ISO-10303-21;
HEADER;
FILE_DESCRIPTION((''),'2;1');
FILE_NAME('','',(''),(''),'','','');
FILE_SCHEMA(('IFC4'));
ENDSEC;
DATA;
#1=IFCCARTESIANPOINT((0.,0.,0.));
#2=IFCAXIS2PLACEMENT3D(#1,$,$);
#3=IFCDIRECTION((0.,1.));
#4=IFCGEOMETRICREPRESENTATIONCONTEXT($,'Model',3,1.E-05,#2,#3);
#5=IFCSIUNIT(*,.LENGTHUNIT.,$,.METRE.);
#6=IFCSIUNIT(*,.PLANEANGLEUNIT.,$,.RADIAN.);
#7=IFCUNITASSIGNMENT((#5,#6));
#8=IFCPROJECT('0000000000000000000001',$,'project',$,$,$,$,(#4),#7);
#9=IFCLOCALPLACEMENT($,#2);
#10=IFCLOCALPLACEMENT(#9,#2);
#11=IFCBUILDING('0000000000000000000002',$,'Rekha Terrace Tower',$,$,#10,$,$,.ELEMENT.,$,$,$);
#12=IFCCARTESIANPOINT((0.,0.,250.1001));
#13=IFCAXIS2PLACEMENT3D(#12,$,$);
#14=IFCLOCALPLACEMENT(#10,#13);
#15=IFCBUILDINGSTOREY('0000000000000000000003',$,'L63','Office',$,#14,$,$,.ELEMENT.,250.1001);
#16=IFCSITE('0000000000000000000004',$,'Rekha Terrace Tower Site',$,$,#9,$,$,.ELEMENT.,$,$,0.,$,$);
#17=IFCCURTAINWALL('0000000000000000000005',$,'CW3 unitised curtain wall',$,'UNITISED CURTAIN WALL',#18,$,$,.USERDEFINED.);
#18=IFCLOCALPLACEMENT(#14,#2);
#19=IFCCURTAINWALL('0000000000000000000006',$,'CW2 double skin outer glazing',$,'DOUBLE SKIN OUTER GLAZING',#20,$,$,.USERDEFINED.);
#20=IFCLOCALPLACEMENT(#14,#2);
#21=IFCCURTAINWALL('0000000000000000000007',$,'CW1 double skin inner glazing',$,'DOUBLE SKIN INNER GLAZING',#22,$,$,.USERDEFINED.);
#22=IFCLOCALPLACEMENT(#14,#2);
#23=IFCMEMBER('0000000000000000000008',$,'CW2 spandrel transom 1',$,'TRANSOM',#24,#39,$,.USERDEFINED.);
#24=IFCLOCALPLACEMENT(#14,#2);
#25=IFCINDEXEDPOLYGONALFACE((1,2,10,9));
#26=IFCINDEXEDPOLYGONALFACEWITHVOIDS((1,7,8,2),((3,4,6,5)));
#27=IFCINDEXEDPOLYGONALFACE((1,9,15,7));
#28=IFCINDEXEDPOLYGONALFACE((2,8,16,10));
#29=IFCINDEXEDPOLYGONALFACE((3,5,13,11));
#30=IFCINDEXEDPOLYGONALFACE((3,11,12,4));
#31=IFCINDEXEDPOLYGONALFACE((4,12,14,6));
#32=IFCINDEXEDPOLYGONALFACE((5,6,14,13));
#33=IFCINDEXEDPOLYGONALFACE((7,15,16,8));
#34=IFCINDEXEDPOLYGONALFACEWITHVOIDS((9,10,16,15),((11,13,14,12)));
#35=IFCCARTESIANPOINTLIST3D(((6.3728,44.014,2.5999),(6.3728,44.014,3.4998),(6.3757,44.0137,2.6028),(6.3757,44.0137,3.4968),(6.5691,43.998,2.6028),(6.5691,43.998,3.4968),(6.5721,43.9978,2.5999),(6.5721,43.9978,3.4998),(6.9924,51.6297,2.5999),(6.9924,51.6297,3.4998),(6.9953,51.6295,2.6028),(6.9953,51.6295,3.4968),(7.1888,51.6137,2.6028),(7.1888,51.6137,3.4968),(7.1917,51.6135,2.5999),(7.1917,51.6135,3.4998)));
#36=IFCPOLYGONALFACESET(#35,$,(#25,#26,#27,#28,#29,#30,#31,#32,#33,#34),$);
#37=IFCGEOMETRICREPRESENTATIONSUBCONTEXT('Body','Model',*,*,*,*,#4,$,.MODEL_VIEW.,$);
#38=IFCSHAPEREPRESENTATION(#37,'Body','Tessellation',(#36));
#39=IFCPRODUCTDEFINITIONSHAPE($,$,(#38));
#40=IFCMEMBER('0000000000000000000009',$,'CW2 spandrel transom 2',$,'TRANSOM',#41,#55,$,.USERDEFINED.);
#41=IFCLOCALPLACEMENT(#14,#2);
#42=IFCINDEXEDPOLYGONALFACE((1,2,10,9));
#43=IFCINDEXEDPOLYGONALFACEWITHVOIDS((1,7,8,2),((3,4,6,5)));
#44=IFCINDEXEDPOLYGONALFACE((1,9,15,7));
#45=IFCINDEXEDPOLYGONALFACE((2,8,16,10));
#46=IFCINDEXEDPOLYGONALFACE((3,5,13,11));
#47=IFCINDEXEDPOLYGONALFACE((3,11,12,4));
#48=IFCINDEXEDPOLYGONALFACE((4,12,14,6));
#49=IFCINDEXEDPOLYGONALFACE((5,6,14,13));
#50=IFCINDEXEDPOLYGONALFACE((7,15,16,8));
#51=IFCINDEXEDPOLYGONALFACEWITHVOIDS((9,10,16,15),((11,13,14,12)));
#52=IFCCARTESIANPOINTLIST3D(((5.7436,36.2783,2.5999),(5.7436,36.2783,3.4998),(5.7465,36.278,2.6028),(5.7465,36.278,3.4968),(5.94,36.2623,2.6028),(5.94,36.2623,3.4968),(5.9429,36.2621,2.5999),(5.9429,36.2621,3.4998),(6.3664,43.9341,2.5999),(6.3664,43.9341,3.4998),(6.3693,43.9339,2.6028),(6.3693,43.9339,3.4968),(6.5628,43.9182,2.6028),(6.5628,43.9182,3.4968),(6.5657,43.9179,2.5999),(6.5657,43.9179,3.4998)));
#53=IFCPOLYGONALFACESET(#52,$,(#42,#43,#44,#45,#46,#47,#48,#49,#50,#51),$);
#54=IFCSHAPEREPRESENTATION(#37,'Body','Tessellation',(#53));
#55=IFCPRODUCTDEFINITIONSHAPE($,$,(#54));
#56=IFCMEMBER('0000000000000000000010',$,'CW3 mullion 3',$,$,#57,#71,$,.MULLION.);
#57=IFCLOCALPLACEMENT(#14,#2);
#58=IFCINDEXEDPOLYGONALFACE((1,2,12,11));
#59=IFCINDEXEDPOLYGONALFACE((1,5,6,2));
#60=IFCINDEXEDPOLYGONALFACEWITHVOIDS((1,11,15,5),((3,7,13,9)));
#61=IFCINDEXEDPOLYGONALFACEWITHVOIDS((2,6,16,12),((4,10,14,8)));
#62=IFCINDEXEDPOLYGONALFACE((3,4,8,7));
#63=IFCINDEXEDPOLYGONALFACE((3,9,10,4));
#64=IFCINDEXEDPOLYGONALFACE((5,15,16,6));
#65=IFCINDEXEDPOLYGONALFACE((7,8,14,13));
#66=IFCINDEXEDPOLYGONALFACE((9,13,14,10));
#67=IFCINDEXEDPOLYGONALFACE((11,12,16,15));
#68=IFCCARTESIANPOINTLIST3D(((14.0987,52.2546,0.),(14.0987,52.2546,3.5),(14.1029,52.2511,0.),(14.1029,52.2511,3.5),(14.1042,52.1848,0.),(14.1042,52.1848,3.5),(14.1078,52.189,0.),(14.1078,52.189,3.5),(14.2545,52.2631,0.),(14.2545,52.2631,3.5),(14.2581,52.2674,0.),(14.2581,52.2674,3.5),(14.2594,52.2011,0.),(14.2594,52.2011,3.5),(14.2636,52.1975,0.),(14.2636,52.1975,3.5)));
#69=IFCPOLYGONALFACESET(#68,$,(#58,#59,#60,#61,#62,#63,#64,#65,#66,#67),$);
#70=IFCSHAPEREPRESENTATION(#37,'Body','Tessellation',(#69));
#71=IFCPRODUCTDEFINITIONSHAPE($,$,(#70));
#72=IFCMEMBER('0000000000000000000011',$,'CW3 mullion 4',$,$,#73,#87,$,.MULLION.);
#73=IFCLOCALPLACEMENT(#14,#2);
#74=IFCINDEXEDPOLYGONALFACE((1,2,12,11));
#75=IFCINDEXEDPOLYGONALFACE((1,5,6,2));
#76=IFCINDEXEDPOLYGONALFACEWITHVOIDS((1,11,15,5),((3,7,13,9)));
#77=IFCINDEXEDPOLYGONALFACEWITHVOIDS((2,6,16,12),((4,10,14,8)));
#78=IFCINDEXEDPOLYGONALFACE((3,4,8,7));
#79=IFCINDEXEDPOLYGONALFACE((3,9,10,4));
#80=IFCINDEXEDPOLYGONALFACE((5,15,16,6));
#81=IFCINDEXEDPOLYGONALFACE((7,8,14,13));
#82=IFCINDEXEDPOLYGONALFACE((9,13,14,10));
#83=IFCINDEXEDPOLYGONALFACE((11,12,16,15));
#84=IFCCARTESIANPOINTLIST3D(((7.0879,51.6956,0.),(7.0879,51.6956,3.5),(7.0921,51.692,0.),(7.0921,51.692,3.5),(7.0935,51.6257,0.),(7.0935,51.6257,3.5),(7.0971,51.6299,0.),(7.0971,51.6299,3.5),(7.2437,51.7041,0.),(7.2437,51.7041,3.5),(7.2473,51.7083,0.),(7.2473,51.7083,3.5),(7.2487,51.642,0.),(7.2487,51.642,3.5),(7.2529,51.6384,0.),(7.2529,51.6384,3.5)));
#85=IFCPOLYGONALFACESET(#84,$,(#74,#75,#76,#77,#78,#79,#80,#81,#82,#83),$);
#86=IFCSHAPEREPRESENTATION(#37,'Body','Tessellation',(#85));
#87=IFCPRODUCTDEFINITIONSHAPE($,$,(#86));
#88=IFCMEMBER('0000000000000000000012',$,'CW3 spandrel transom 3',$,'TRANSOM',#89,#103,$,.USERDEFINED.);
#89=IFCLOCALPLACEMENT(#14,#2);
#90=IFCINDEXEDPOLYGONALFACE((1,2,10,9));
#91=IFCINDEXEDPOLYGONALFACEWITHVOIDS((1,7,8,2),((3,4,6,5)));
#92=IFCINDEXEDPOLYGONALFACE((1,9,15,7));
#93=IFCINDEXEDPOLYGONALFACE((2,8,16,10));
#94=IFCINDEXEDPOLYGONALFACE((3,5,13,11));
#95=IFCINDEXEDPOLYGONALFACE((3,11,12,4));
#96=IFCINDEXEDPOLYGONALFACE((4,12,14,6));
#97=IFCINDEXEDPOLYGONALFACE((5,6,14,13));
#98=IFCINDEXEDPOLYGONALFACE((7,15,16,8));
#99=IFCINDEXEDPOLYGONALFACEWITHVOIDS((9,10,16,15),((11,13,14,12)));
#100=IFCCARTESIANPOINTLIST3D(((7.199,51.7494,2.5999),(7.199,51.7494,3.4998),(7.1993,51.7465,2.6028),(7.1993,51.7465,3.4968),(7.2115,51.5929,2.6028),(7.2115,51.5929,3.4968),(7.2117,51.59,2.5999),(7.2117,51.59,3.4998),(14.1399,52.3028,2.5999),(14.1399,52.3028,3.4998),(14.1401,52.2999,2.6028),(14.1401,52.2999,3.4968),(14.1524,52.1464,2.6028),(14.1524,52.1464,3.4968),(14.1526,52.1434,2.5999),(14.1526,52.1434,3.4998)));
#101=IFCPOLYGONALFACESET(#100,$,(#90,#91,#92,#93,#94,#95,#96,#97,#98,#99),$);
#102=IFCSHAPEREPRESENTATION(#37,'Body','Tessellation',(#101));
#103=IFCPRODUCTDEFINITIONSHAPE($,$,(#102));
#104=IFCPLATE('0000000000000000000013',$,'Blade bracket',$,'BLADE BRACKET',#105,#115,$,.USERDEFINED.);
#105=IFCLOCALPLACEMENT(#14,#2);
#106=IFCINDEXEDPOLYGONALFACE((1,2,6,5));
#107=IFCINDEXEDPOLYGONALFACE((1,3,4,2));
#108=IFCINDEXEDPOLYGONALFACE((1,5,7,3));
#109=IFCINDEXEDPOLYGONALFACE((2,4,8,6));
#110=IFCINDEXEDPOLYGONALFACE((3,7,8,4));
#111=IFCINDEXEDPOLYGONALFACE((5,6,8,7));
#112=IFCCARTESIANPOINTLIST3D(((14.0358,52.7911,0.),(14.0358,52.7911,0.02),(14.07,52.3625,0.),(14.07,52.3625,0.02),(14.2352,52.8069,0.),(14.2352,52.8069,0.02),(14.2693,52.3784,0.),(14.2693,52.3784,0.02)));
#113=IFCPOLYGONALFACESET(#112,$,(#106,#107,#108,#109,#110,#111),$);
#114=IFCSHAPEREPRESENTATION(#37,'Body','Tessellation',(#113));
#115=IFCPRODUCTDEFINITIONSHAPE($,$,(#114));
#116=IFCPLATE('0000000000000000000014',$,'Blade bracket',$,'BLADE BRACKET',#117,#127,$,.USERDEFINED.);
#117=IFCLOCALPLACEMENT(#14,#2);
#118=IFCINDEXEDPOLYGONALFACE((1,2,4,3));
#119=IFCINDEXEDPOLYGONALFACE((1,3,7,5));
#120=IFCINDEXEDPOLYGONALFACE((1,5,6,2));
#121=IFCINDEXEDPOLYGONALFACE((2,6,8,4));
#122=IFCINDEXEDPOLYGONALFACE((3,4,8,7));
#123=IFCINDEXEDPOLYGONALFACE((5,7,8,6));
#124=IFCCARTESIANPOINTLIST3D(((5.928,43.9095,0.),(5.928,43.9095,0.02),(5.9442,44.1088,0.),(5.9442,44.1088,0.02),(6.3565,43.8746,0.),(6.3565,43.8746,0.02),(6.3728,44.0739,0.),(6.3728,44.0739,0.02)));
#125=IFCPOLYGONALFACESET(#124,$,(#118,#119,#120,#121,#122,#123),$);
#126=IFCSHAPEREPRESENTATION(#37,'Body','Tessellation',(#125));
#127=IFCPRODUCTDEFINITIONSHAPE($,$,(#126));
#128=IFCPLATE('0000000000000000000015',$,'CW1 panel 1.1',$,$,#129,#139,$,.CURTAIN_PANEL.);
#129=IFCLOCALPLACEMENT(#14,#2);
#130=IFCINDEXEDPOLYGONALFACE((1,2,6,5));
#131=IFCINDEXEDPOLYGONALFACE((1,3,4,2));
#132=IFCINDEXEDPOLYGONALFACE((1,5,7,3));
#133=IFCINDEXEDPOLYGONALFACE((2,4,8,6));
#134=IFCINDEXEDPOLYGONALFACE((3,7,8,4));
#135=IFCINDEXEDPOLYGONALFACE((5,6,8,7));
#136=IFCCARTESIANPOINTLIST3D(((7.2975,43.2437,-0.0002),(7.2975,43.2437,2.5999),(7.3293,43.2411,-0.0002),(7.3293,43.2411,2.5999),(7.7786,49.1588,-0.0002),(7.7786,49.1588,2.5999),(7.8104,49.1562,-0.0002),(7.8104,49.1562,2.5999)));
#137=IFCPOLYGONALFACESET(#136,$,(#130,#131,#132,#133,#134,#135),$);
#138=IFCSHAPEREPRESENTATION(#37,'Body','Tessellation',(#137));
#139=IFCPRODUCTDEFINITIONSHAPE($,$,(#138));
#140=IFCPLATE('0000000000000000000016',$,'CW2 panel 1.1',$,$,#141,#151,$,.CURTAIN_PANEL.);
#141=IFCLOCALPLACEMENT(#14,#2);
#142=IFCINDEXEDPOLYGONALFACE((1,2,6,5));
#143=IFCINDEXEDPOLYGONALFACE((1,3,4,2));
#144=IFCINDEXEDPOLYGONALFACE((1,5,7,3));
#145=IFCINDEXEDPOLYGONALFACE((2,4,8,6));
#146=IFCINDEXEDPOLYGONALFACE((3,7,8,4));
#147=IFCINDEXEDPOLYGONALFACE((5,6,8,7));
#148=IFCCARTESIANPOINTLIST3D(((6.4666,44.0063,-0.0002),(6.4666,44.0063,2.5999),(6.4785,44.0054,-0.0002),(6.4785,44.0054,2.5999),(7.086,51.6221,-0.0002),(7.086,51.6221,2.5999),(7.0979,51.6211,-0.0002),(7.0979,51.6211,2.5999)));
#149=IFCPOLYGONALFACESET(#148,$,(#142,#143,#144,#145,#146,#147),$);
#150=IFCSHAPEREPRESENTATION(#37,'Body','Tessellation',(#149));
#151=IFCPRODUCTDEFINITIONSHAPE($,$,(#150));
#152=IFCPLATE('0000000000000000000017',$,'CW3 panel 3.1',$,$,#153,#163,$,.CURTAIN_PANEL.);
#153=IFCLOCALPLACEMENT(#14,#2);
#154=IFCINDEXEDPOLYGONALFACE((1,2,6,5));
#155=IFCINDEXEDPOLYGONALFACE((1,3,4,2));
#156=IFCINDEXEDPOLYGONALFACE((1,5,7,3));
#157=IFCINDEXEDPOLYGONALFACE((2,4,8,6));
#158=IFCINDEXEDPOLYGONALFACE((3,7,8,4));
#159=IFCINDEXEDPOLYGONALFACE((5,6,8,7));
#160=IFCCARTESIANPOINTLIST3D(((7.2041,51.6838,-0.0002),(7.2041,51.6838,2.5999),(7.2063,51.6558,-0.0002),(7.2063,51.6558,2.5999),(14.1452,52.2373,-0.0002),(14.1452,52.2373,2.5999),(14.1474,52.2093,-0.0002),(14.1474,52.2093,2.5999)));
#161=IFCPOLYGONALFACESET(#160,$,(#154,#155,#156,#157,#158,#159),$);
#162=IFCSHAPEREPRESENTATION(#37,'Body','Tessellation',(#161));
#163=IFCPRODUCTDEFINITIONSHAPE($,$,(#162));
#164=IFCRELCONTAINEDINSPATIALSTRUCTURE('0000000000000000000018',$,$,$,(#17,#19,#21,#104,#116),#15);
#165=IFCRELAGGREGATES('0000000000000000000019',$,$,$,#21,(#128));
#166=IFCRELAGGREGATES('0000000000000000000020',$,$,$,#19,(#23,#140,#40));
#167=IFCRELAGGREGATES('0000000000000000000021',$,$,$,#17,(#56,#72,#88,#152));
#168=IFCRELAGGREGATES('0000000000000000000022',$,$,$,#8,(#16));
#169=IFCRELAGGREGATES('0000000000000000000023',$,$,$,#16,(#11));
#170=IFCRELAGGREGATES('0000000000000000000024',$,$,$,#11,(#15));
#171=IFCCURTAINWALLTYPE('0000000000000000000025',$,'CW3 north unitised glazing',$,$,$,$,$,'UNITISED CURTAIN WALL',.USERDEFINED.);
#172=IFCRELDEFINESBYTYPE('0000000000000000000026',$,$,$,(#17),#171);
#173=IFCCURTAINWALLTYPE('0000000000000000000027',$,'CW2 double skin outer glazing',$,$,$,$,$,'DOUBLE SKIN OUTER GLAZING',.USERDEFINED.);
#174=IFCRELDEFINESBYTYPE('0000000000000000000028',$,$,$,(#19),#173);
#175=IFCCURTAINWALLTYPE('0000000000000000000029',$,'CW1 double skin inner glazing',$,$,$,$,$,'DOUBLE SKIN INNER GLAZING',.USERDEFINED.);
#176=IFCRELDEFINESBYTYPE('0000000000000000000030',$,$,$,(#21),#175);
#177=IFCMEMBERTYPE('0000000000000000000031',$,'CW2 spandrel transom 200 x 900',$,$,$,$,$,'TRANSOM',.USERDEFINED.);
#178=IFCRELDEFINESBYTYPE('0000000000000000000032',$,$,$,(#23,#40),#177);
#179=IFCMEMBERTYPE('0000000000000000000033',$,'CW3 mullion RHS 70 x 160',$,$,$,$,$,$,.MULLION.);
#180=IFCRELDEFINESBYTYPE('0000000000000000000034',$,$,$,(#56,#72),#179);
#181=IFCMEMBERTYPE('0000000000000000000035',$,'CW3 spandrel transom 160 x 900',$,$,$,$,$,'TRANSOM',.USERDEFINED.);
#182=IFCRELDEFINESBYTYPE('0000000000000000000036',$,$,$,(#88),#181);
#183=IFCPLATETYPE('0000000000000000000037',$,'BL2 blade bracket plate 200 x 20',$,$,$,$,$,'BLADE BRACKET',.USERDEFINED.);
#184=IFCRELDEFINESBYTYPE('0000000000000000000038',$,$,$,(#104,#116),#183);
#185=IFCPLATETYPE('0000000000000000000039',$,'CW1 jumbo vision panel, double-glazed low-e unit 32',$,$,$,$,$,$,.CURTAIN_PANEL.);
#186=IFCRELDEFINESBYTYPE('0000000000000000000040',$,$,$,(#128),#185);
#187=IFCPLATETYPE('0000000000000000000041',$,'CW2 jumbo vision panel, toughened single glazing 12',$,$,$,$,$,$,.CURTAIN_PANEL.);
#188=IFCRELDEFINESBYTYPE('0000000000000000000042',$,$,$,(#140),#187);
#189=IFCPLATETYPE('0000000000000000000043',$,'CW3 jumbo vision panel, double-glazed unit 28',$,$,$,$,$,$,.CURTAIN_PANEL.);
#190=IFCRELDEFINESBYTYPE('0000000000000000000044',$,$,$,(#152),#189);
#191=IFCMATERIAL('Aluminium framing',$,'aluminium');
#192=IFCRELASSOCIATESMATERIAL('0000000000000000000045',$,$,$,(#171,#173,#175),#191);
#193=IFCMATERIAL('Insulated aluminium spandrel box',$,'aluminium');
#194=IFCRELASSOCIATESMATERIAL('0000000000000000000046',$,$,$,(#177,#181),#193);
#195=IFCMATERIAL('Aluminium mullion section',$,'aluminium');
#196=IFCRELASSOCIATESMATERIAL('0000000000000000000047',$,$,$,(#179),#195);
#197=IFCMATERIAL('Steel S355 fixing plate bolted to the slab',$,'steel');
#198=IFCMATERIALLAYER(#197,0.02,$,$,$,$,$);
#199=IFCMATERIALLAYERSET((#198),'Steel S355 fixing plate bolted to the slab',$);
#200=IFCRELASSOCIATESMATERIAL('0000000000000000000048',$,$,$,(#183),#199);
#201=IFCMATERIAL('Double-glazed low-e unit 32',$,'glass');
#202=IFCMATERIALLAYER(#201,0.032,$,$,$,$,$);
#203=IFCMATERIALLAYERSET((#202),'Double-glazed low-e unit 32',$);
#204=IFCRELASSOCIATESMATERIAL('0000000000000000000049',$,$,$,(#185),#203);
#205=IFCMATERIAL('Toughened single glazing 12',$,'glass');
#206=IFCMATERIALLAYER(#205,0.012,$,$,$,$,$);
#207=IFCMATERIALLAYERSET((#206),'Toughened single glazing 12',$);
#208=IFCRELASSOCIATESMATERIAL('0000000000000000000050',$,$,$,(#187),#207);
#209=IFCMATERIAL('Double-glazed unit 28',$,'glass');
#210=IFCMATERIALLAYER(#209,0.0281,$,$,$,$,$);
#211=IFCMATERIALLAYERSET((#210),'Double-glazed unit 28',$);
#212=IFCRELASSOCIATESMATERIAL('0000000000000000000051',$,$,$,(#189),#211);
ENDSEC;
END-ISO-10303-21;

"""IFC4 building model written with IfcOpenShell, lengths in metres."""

from ifc_helpers import new_model, si_unit, direction, frame, origin, origin_2d, place, context, subcontext, project, spatial, rectangle, hollow_rectangle, extrude, material, layer, layer_set, material_profile, profile_set, type_object, element, aggregate, save


model = new_model("IFC4")

# Units and contexts
model_context = context("Model", 3, precision=1e-05, world=origin(), true_north=direction((0.0, 1.0)))
body_context = subcontext(model_context, "Body", "Model", "MODEL_VIEW")
ifc_project = project(units=[si_unit("LENGTHUNIT", "METRE"), si_unit("PLANEANGLEUNIT", "RADIAN")], contexts=[model_context])

# Site, building, storey
site_placement = place(None, origin())
site = spatial("IfcSite", under=ifc_project, at=site_placement, Name="Rekha Terrace Tower Site", CompositionType="ELEMENT", RefElevation=0.0)
building_placement = place(site_placement, origin())
building = spatial("IfcBuilding", under=site, at=building_placement, Name="Rekha Terrace Tower", CompositionType="ELEMENT")
storey_placement = place(building_placement, frame((0.0, 0.0, 250.1001)))
storey = spatial("IfcBuildingStorey", under=building, at=storey_placement, Name="L63", Description="Office", CompositionType="ELEMENT", Elevation=250.1001)

# Curtain walls
ifc_material_1 = material(Name="Aluminium framing", Category="aluminium")
curtain_wall_type_1 = type_object("IfcCurtainWallType", Name="CW3 north unitised glazing", ElementType="UNITISED CURTAIN WALL", PredefinedType="USERDEFINED", material=ifc_material_1)
curtain_wall_1_placement = place(storey_placement, origin())
curtain_wall_1 = element("IfcCurtainWall", 1, at=curtain_wall_1_placement, inside=storey, type_object=curtain_wall_type_1, Name="CW3 unitised curtain wall", ObjectType="UNITISED CURTAIN WALL", PredefinedType="USERDEFINED")
curtain_wall_type_2 = type_object("IfcCurtainWallType", Name="CW2 double skin outer glazing", ElementType="DOUBLE SKIN OUTER GLAZING", PredefinedType="USERDEFINED", material=ifc_material_1)
curtain_wall_2_placement = place(storey_placement, origin())
curtain_wall_2 = element("IfcCurtainWall", 2, at=curtain_wall_2_placement, inside=storey, type_object=curtain_wall_type_2, Name="CW2 double skin outer glazing", ObjectType="DOUBLE SKIN OUTER GLAZING", PredefinedType="USERDEFINED")

# Curtain wall
curtain_wall_type_3 = type_object("IfcCurtainWallType", Name="CW1 double skin inner glazing", ElementType="DOUBLE SKIN INNER GLAZING", PredefinedType="USERDEFINED", material=ifc_material_1)
curtain_wall_3_placement = place(storey_placement, origin())
curtain_wall_3 = element("IfcCurtainWall", 3, at=curtain_wall_3_placement, inside=storey, type_object=curtain_wall_type_3, Name="CW1 double skin inner glazing", ObjectType="DOUBLE SKIN INNER GLAZING", PredefinedType="USERDEFINED")
ifc_material_2 = material(Name="Aluminium mullion section", Category="aluminium")

# Members
ifc_material_3 = material(Name="Insulated aluminium spandrel box", Category="aluminium")
ifc_material_profile_1 = material_profile(ifc_material_3, hollow_rectangle(XDim=0.2, YDim=0.8999, WallThickness=0.0029, at=origin_2d()), Name="AL SPANDREL BOX 200x900")
ifc_profile_set_1 = profile_set([ifc_material_profile_1], Name="Insulated aluminium spandrel box")
member_type_1 = type_object("IfcMemberType", Name="CW2 spandrel transom 200 x 900", ElementType="TRANSOM", PredefinedType="USERDEFINED", material=ifc_profile_set_1)
member_1_placement = place(storey_placement, frame((7.092, 51.6216, 3.0498), z_axis=(-0.081094, -0.996706, 0.0), x_axis=(0.996706, -0.081094, 0.0)))
member_1 = element("IfcMember", 4, at=member_1_placement, type_object=member_type_1, Name="CW2 spandrel transom 1", ObjectType="TRANSOM", PredefinedType="USERDEFINED", context=body_context, shape_type="SweptSolid", body=[
    extrude(hollow_rectangle(XDim=0.2, YDim=0.8999, WallThickness=0.0029, at=origin_2d()), origin(), (0.0, 0.0, 1.0), 7.6409),
])
member_2_placement = place(storey_placement, frame((6.4661, 43.926, 3.0498), z_axis=(-0.081083, -0.996707, 0.0), x_axis=(0.996707, -0.081083, 0.0)))
member_2 = element("IfcMember", 5, at=member_2_placement, type_object=member_type_1, Name="CW2 spandrel transom 2", ObjectType="TRANSOM", PredefinedType="USERDEFINED", context=body_context, shape_type="SweptSolid", body=[
    extrude(hollow_rectangle(XDim=0.2, YDim=0.8999, WallThickness=0.0029, at=origin_2d()), origin(), (0.0, 0.0, 1.0), 7.6812),
])
ifc_material_profile_2 = material_profile(ifc_material_2, hollow_rectangle(XDim=0.0701, YDim=0.1599, WallThickness=0.0039, at=origin_2d()), Name="AL RHS 70x160")
ifc_profile_set_2 = profile_set([ifc_material_profile_2], Name="Aluminium mullion section")
member_type_2 = type_object("IfcMemberType", Name="CW3 mullion RHS 70 x 160", PredefinedType="MULLION", material=ifc_profile_set_2)
member_3_placement = place(storey_placement, frame((14.1812, 52.2261, 0.0), z_axis=(0.0, 0.0, 1.0), x_axis=(0.079485, -0.996836, 0.0)))
member_3 = element("IfcMember", 6, at=member_3_placement, type_object=member_type_2, Name="CW3 mullion 3", PredefinedType="MULLION", context=body_context, shape_type="SweptSolid", body=[
    extrude(hollow_rectangle(XDim=0.0701, YDim=0.1599, WallThickness=0.0039, at=origin_2d()), origin(), (0.0, 0.0, 1.0), 3.5),
])
member_4_placement = place(storey_placement, frame((7.1704, 51.667, 0.0), z_axis=(0.0, 0.0, 1.0), x_axis=(0.079485, -0.996836, 0.0)))
member_4 = element("IfcMember", 7, at=member_4_placement, type_object=member_type_2, Name="CW3 mullion 4", PredefinedType="MULLION", context=body_context, shape_type="SweptSolid", body=[
    extrude(hollow_rectangle(XDim=0.0701, YDim=0.1599, WallThickness=0.0039, at=origin_2d()), origin(), (0.0, 0.0, 1.0), 3.5),
])
ifc_material_profile_3 = material_profile(ifc_material_3, hollow_rectangle(XDim=0.1599, YDim=0.8999, WallThickness=0.0029, at=origin_2d()), Name="AL SPANDREL BOX 160x900")
ifc_profile_set_3 = profile_set([ifc_material_profile_3], Name="Insulated aluminium spandrel box")
member_type_3 = type_object("IfcMemberType", Name="CW3 spandrel transom 160 x 900", ElementType="TRANSOM", PredefinedType="USERDEFINED", material=ifc_profile_set_3)
member_5_placement = place(storey_placement, frame((14.1462, 52.2231, 3.0498), z_axis=(-0.996836, -0.079487, 0.0), x_axis=(0.079487, -0.996836, 0.0)))
member_5 = element("IfcMember", 8, at=member_5_placement, type_object=member_type_3, Name="CW3 spandrel transom 3", ObjectType="TRANSOM", PredefinedType="USERDEFINED", context=body_context, shape_type="SweptSolid", body=[
    extrude(hollow_rectangle(XDim=0.1599, YDim=0.8999, WallThickness=0.0029, at=origin_2d()), origin(), (0.0, 0.0, 1.0), 6.9629),
])

# Plates
ifc_material_4 = material(Name="Steel S355 fixing plate bolted to the slab", Category="steel")
ifc_layer_1 = layer(ifc_material_4, 0.02)
ifc_layer_set_1 = layer_set([ifc_layer_1], Name="Steel S355 fixing plate bolted to the slab")
plate_type_1 = type_object("IfcPlateType", Name="BL2 blade bracket plate 200 x 20", ElementType="BLADE BRACKET", PredefinedType="USERDEFINED", material=ifc_layer_set_1)
for number, where, z_axis, x_axis, name in (
    (9, (14.1526, 52.5847, 0.0), (0.0, 0.0, 1.0), (-0.079486, 0.996836, 0.0), "Blade bracket"),
    (10, (6.1504, 43.9917, 0.0), (0.0, 0.0, 1.0), (-0.996709, 0.081069, 0.0), "Blade bracket"),
):
    element("IfcPlate", number, at=place(storey_placement, frame(where, z_axis=z_axis, x_axis=x_axis)), inside=storey, type_object=plate_type_1, Name=name, ObjectType="BLADE BRACKET", PredefinedType="USERDEFINED", context=body_context, shape_type="SweptSolid", body=[
        extrude(rectangle(XDim=0.4299, YDim=0.2, at=origin_2d()), origin(), (0.0, 0.0, 1.0), 0.02),
    ])

# Plates
ifc_material_5 = material(Name="Double-glazed low-e unit 32", Category="glass")
ifc_layer_2 = layer(ifc_material_5, 0.032)
ifc_layer_set_2 = layer_set([ifc_layer_2], Name="Double-glazed low-e unit 32")
plate_type_2 = type_object("IfcPlateType", Name="CW1 jumbo vision panel, double-glazed low-e unit 32", PredefinedType="CURTAIN_PANEL", material=ifc_layer_set_2)
plate_1_placement = place(storey_placement, frame((7.554, 46.2, -0.0002), z_axis=(0.0, 0.0, 1.0), x_axis=(-0.081068, -0.996709, 0.0)))
plate_1 = element("IfcPlate", 11, at=plate_1_placement, type_object=plate_type_2, Name="CW1 panel 1.1", PredefinedType="CURTAIN_PANEL", context=body_context, shape_type="SweptSolid", body=[
    extrude(rectangle(XDim=5.9346, YDim=0.032, at=origin_2d()), origin(), (0.0, 0.0, 1.0), 2.6001),
])
aggregate(curtain_wall_3, [plate_1])
ifc_material_6 = material(Name="Toughened single glazing 12", Category="glass")
ifc_layer_3 = layer(ifc_material_6, 0.012)
ifc_layer_set_3 = layer_set([ifc_layer_3], Name="Toughened single glazing 12")
plate_type_3 = type_object("IfcPlateType", Name="CW2 jumbo vision panel, toughened single glazing 12", PredefinedType="CURTAIN_PANEL", material=ifc_layer_set_3)
plate_2_placement = place(storey_placement, frame((6.7822, 47.8137, -0.0002), z_axis=(0.0, 0.0, 1.0), x_axis=(-0.081068, -0.996709, 0.0)))
plate_2 = element("IfcPlate", 12, at=plate_2_placement, type_object=plate_type_3, Name="CW2 panel 1.1", PredefinedType="CURTAIN_PANEL", context=body_context, shape_type="SweptSolid", body=[
    extrude(rectangle(XDim=7.6409, YDim=0.012, at=origin_2d()), origin(), (0.0, 0.0, 1.0), 2.6001),
])
aggregate(curtain_wall_2, [member_1, plate_2, member_2])
ifc_material_7 = material(Name="Double-glazed unit 28", Category="glass")
ifc_layer_4 = layer(ifc_material_7, 0.0281)
ifc_layer_set_4 = layer_set([ifc_layer_4], Name="Double-glazed unit 28")
plate_type_4 = type_object("IfcPlateType", Name="CW3 jumbo vision panel, double-glazed unit 28", PredefinedType="CURTAIN_PANEL", material=ifc_layer_set_4)
plate_3_placement = place(storey_placement, frame((10.6758, 51.9465, -0.0002), z_axis=(0.0, 0.0, 1.0), x_axis=(-0.996836, -0.079485, 0.0)))
plate_3 = element("IfcPlate", 13, at=plate_3_placement, type_object=plate_type_4, Name="CW3 panel 3.1", PredefinedType="CURTAIN_PANEL", context=body_context, shape_type="SweptSolid", body=[
    extrude(rectangle(XDim=6.9631, YDim=0.0281, at=origin_2d()), origin(), (0.0, 0.0, 1.0), 2.6001),
])
aggregate(curtain_wall_1, [member_3, member_4, member_5, plate_3])

save(model, "model.ifc")
